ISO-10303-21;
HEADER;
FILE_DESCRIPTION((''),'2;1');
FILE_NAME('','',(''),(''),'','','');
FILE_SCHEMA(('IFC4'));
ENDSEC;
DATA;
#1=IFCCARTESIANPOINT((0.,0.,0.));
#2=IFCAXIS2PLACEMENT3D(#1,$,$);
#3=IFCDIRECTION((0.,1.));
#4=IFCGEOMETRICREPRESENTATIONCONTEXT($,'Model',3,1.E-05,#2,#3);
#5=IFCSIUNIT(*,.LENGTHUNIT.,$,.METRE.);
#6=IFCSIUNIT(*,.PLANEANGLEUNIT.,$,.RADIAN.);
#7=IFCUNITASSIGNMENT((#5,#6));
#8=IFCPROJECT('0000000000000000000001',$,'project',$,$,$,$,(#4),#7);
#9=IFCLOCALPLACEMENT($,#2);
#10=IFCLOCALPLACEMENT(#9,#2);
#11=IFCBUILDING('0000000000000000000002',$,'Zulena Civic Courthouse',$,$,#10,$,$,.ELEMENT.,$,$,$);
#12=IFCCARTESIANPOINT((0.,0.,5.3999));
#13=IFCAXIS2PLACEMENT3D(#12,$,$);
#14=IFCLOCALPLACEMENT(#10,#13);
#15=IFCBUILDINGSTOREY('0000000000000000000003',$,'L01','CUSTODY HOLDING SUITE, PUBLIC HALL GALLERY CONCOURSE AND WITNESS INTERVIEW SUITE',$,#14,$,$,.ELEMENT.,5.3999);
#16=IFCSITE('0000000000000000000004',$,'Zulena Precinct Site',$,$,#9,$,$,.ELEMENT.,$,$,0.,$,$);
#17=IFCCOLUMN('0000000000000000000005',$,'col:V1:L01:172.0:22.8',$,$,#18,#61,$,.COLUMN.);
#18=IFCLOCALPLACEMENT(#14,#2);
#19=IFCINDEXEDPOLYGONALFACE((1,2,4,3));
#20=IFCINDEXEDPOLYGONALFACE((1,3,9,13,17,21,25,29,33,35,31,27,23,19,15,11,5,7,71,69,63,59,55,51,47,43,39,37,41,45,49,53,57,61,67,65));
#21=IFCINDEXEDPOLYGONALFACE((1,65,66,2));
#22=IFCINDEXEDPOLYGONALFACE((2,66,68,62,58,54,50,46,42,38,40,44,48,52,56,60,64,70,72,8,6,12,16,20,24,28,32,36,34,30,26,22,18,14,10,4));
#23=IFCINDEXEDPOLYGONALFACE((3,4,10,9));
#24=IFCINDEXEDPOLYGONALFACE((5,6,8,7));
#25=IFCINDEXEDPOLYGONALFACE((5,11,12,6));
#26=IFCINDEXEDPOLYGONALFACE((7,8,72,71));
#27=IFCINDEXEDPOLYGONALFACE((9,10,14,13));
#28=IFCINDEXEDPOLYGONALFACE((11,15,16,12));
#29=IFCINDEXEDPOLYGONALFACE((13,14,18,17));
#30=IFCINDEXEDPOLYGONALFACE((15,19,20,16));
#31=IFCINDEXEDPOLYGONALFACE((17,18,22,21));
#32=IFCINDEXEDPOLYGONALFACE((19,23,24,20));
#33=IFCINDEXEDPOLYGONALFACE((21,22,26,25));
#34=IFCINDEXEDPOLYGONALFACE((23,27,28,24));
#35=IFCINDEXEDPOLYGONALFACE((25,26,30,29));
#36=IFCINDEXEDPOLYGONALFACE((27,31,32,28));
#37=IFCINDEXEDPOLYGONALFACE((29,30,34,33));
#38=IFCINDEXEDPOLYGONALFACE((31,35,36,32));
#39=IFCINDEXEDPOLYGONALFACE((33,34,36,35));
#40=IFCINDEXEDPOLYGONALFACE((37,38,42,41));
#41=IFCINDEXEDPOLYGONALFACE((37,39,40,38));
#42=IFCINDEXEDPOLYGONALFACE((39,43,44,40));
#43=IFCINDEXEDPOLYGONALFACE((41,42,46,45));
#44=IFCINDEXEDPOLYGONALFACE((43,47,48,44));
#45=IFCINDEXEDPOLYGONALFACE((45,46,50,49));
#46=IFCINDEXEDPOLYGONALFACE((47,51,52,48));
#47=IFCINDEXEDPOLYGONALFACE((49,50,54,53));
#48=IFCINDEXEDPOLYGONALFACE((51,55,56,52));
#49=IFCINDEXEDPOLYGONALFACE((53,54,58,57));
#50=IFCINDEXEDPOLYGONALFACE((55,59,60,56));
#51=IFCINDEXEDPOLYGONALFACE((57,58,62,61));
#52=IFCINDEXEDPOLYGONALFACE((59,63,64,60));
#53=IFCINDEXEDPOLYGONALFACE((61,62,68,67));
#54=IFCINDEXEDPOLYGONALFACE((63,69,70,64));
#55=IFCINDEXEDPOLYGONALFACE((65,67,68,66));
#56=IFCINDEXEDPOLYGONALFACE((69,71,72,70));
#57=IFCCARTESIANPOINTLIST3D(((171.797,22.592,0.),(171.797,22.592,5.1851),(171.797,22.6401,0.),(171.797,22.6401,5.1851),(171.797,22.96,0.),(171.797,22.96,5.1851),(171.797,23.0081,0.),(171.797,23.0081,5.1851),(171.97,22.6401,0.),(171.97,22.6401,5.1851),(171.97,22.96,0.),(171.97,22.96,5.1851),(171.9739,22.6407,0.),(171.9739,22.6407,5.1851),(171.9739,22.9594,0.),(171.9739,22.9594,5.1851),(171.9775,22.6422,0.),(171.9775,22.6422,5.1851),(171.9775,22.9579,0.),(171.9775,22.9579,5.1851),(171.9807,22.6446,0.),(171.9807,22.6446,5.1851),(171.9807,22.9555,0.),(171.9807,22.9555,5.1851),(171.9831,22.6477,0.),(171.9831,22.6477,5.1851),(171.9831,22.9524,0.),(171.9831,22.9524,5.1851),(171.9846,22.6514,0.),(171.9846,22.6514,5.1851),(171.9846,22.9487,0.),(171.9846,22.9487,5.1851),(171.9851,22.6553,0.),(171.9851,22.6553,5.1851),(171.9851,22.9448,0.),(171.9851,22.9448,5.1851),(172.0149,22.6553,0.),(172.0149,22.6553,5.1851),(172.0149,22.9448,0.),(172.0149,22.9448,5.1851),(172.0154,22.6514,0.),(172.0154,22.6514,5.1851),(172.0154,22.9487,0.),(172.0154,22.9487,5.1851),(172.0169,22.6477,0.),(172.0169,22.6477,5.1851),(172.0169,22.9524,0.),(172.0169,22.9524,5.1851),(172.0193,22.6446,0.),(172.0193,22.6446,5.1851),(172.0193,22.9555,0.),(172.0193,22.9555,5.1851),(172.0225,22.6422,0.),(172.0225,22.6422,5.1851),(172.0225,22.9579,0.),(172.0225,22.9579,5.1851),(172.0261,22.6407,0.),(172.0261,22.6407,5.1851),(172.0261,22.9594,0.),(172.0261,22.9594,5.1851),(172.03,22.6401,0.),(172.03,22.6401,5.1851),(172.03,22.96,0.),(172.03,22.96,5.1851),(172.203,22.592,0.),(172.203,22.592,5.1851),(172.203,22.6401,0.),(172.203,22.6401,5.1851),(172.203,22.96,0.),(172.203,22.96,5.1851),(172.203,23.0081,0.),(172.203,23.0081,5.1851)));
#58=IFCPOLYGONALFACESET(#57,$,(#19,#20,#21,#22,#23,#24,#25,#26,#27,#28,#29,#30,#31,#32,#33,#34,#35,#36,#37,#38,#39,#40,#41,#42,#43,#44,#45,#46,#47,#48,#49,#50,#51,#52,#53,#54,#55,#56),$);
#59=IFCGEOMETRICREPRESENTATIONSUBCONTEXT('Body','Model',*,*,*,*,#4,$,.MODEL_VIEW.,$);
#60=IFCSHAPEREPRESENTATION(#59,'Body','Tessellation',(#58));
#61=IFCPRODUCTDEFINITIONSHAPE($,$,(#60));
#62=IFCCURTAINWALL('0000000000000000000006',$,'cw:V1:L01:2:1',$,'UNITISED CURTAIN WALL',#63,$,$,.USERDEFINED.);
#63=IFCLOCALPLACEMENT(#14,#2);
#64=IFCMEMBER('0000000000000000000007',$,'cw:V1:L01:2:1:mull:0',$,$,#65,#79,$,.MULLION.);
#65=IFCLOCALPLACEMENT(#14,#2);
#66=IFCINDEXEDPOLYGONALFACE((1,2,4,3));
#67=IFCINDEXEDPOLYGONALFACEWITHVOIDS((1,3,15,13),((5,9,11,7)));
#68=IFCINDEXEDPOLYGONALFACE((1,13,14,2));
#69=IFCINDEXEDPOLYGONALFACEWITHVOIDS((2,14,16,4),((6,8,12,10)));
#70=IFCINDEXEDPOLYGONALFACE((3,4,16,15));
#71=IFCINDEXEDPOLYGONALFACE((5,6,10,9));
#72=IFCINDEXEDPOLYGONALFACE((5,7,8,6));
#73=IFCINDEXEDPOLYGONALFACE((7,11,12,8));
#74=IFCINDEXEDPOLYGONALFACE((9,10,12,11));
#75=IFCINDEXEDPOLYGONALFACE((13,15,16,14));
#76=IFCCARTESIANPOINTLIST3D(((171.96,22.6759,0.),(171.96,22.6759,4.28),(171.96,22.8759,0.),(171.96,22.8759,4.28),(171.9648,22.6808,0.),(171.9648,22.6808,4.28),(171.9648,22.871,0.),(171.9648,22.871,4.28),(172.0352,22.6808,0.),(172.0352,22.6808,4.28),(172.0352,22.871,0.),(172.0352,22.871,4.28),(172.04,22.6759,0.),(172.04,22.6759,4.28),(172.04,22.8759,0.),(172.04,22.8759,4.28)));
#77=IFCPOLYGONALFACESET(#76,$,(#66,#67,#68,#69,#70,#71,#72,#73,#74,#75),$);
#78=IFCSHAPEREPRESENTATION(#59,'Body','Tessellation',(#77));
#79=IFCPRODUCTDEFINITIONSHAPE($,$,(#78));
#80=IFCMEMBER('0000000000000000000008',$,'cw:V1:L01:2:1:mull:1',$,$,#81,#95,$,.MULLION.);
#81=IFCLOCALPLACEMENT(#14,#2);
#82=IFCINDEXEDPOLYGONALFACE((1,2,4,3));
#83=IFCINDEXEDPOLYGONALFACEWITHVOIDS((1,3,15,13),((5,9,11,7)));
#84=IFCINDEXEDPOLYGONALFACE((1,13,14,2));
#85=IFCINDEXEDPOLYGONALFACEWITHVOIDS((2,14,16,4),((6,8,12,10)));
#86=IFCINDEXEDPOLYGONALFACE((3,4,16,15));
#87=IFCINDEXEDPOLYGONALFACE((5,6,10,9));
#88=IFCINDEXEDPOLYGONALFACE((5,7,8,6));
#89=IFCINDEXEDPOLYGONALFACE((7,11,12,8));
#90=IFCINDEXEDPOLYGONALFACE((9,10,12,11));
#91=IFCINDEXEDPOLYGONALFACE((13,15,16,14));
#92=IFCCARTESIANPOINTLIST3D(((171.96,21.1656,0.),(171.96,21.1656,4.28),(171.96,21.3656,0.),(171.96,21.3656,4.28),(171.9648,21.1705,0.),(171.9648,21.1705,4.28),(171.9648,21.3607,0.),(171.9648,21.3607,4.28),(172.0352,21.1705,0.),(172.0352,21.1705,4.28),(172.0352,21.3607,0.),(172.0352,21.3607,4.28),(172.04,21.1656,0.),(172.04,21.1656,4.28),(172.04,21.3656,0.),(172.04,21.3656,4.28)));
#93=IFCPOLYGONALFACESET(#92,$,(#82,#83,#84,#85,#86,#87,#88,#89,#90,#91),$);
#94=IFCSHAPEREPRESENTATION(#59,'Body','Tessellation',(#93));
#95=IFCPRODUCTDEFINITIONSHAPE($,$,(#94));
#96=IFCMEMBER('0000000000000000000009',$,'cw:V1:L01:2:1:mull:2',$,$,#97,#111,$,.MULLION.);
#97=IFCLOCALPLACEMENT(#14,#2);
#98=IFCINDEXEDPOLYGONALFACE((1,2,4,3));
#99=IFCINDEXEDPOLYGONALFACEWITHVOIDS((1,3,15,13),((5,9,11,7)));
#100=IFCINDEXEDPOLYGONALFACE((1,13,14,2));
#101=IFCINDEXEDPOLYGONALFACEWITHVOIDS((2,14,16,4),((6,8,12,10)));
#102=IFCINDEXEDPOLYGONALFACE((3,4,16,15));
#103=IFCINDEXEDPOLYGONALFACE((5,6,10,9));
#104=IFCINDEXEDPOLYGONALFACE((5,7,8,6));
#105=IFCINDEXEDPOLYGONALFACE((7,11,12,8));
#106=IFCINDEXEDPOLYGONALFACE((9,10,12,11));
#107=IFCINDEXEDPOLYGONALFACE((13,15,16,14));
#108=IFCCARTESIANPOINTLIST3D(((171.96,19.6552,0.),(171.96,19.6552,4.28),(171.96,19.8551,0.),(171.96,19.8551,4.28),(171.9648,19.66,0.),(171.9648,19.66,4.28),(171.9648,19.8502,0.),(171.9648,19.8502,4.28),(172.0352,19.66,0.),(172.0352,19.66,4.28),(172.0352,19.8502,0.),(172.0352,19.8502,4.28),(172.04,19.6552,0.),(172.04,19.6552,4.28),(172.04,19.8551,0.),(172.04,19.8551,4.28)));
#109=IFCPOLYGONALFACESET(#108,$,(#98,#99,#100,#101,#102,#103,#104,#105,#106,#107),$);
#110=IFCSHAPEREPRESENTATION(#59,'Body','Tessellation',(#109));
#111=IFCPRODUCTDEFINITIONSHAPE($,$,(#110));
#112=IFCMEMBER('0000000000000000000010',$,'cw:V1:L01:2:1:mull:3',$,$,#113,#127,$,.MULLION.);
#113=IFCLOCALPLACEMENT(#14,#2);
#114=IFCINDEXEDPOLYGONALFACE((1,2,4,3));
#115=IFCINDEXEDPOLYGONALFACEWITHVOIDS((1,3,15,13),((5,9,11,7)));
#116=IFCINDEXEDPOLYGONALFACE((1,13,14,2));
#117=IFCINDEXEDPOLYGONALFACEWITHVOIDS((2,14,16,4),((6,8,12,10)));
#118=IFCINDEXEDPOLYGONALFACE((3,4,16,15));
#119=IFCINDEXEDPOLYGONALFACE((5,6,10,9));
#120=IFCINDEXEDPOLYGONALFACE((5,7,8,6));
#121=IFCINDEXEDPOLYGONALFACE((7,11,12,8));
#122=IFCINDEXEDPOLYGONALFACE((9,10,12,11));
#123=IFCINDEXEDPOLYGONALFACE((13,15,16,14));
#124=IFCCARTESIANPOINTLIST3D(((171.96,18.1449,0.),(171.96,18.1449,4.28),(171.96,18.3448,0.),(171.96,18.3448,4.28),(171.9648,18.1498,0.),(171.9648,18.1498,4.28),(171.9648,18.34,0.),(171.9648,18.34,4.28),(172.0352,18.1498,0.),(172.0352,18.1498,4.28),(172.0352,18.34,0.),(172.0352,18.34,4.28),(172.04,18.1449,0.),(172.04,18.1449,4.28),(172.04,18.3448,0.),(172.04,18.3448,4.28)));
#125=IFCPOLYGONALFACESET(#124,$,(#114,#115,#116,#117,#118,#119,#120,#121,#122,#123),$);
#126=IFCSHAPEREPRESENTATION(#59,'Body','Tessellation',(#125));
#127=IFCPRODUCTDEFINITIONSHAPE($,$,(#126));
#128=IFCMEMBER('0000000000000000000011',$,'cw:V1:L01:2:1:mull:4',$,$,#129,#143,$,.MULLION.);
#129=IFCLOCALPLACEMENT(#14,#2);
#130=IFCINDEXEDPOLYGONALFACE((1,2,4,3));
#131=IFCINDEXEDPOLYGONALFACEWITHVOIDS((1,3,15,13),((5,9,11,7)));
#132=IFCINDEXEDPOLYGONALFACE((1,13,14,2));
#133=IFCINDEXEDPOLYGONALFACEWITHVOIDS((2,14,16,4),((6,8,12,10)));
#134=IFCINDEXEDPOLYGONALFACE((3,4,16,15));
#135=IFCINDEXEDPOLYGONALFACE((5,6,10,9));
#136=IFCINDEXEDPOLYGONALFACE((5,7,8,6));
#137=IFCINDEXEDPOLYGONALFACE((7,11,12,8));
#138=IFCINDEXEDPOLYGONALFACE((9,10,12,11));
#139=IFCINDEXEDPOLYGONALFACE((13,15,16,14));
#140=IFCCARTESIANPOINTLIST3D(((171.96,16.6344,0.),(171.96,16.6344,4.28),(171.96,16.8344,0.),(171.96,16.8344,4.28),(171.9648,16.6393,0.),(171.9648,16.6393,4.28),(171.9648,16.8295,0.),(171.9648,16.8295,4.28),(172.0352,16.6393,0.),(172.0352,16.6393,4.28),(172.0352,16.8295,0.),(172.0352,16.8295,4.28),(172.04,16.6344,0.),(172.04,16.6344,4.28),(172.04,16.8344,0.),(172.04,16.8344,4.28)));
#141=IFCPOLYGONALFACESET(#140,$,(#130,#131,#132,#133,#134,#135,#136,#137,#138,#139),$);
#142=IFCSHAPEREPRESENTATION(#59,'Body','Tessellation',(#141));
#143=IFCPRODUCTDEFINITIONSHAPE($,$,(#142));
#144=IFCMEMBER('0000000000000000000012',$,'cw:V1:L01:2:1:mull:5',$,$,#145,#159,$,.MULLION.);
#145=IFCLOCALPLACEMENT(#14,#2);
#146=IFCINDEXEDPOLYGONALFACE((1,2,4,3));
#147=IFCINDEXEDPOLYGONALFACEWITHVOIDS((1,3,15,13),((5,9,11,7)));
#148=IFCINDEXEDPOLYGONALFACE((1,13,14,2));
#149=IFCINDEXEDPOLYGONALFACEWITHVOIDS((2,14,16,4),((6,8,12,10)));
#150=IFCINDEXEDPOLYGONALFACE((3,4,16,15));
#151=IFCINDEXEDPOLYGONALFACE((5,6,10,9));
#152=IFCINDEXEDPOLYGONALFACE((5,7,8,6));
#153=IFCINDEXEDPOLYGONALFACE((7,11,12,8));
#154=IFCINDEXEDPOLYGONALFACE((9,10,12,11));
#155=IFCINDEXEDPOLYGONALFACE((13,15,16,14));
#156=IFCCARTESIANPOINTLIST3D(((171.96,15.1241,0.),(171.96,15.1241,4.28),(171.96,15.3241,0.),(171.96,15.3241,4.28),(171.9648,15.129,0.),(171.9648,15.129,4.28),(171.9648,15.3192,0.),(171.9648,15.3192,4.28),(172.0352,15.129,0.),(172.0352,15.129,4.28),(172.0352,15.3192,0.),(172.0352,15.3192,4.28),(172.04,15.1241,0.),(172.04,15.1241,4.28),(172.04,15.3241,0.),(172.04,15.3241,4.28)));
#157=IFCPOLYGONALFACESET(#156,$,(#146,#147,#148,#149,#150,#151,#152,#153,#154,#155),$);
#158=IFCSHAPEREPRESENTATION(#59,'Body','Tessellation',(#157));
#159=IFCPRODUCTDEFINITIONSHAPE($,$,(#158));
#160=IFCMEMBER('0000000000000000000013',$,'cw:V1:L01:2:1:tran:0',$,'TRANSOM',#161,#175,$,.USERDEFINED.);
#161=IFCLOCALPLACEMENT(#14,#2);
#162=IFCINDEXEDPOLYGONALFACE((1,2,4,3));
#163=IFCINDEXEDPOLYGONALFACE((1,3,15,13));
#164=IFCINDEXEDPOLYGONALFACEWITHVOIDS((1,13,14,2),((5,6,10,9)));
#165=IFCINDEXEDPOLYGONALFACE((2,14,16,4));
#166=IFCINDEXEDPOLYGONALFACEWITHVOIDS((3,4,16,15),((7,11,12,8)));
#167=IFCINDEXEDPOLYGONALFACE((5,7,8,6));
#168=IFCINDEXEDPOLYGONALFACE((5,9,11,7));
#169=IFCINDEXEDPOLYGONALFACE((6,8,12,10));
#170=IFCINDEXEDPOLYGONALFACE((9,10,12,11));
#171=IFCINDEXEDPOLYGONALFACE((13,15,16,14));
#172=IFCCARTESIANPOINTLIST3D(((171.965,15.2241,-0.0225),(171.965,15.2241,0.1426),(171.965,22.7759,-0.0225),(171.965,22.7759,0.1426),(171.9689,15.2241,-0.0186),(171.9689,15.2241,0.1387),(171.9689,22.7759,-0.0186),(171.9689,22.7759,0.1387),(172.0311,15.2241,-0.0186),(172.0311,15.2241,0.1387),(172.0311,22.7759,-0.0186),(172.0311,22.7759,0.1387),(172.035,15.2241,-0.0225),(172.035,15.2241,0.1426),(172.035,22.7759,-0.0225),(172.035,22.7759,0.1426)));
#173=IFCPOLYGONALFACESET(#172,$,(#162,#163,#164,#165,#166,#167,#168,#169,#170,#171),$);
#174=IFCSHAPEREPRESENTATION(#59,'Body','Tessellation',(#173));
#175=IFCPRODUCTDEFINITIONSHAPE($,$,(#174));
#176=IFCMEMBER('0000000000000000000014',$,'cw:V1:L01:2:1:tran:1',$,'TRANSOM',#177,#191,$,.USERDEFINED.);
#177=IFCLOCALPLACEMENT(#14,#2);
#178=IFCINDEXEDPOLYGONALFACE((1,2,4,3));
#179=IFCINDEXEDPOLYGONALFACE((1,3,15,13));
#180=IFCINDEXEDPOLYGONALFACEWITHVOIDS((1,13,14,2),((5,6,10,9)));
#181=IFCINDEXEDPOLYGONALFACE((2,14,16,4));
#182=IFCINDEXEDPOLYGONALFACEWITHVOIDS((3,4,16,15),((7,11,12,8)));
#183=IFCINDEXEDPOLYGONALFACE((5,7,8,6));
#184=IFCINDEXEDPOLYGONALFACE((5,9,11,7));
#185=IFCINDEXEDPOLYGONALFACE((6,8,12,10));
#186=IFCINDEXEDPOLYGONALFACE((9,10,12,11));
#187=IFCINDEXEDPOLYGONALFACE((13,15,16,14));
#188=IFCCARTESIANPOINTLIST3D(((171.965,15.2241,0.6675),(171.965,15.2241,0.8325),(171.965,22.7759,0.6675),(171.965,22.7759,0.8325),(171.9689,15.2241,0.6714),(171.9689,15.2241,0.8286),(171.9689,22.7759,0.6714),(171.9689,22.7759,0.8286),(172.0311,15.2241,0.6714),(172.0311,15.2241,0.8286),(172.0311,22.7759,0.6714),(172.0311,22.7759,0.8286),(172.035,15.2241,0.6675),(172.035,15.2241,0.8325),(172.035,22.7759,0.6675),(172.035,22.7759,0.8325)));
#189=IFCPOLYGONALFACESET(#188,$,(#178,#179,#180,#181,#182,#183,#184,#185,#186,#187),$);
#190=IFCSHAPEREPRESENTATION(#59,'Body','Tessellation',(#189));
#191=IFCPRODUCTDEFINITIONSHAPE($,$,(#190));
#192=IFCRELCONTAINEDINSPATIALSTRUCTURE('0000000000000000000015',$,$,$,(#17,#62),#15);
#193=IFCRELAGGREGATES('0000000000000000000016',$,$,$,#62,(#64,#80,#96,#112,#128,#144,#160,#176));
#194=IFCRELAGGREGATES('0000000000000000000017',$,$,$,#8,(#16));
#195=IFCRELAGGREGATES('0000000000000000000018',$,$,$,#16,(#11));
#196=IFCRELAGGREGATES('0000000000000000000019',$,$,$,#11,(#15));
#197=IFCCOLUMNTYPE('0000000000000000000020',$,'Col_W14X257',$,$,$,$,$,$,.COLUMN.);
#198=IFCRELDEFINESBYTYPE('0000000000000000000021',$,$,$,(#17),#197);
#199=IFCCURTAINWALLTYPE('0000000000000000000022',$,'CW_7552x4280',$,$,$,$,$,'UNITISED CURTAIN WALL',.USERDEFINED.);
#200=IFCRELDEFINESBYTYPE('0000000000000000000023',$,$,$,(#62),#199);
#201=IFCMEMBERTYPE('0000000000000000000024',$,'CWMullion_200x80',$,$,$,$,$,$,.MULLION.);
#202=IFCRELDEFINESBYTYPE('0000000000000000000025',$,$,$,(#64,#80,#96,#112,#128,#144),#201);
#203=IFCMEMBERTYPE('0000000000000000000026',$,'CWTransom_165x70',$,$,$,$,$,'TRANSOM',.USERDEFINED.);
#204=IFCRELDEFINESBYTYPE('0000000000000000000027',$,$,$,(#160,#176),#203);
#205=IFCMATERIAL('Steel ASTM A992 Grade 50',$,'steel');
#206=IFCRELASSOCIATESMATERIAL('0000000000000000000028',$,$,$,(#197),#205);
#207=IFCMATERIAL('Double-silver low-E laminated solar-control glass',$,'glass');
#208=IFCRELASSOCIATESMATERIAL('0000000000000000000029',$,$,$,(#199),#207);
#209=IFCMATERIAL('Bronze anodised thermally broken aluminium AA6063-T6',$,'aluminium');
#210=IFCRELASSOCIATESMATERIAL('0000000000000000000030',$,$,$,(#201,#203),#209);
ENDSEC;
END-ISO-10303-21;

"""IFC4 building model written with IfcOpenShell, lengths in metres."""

from ifc_helpers import new_model, si_unit, direction, frame, origin, origin_2d, place, context, subcontext, project, spatial, hollow_rectangle, i_section, extrude, material, material_profile, profile_set, type_object, element, aggregate, save


model = new_model("IFC4")

# Units and contexts
model_context = context("Model", 3, precision=1e-05, world=origin(), true_north=direction((0.0, 1.0)))
body_context = subcontext(model_context, "Body", "Model", "MODEL_VIEW")
ifc_project = project(units=[si_unit("LENGTHUNIT", "METRE"), si_unit("PLANEANGLEUNIT", "RADIAN")], contexts=[model_context])

# Site, building, storey
site_placement = place(None, origin())
site = spatial("IfcSite", under=ifc_project, at=site_placement, Name="Zulena Precinct Site", CompositionType="ELEMENT", RefElevation=0.0)
building_placement = place(site_placement, origin())
building = spatial("IfcBuilding", under=site, at=building_placement, Name="Zulena Civic Courthouse", CompositionType="ELEMENT")
storey_placement = place(building_placement, frame((0.0, 0.0, 5.3999)))
storey = spatial("IfcBuildingStorey", under=building, at=storey_placement, Name="L01", Description="CUSTODY HOLDING SUITE, PUBLIC HALL GALLERY CONCOURSE AND WITNESS INTERVIEW SUITE", CompositionType="ELEMENT", Elevation=5.3999)

# Column
ifc_material_1 = material(Name="Steel ASTM A992 Grade 50", Category="steel")
ifc_material_profile_1 = material_profile(ifc_material_1, i_section(OverallWidth=0.406, OverallDepth=0.416, WebThickness=0.0298, FlangeThickness=0.0481, FilletRadius=0.0151, at=origin_2d()), Name="W14X257")
ifc_profile_set_1 = profile_set([ifc_material_profile_1], Name="Steel ASTM A992 Grade 50")
column_type_1 = type_object("IfcColumnType", Name="Col_W14X257", PredefinedType="COLUMN", material=ifc_profile_set_1)
for number, where, z_axis, x_axis, name in (
    (1, (172.0, 22.8, 0.0), (0.0, 0.0, 1.0), (1.0, 0.0, 0.0), "col:V1:L01:172.0:22.8"),
):
    element("IfcColumn", number, at=place(storey_placement, frame(where, z_axis=z_axis, x_axis=x_axis)), inside=storey, type_object=column_type_1, Name=name, PredefinedType="COLUMN", context=body_context, shape_type="SweptSolid", body=[
        extrude(i_section(OverallWidth=0.406, OverallDepth=0.416, WebThickness=0.0298, FlangeThickness=0.0481, FilletRadius=0.0151, at=origin_2d()), origin(), (0.0, 0.0, 1.0), 5.1851),
    ])

# Curtain wall, members
ifc_material_2 = material(Name="Double-silver low-E laminated solar-control glass", Category="glass")
curtain_wall_type = type_object("IfcCurtainWallType", Name="CW_7552x4280", ElementType="UNITISED CURTAIN WALL", PredefinedType="USERDEFINED", material=ifc_material_2)
curtain_wall_placement = place(storey_placement, origin())
curtain_wall = element("IfcCurtainWall", 2, at=curtain_wall_placement, inside=storey, type_object=curtain_wall_type, Name="cw:V1:L01:2:1", ObjectType="UNITISED CURTAIN WALL", PredefinedType="USERDEFINED")
ifc_material_3 = material(Name="Bronze anodised thermally broken aluminium AA6063-T6", Category="aluminium")
ifc_material_profile_2 = material_profile(ifc_material_3, hollow_rectangle(XDim=0.0801, YDim=0.2, WallThickness=0.0049, at=origin_2d()), Name="CWM200X80X5")
ifc_profile_set_2 = profile_set([ifc_material_profile_2], Name="Bronze anodised thermally broken aluminium AA6063-T6")
member_type_1 = type_object("IfcMemberType", Name="CWMullion_200x80", PredefinedType="MULLION", material=ifc_profile_set_2)
member_1_placement = place(storey_placement, frame((172.0, 22.7759, 0.0), z_axis=(0.0, 0.0, 1.0), x_axis=(1.0, 0.0, 0.0)))
member_1 = element("IfcMember", 3, at=member_1_placement, type_object=member_type_1, Name="cw:V1:L01:2:1:mull:0", PredefinedType="MULLION", context=body_context, shape_type="SweptSolid", body=[
    extrude(hollow_rectangle(XDim=0.0801, YDim=0.2, WallThickness=0.0049, at=origin_2d()), origin(), (0.0, 0.0, 1.0), 4.28),
])
member_2_placement = place(storey_placement, frame((172.0, 21.2656, 0.0), z_axis=(0.0, 0.0, 1.0), x_axis=(1.0, 0.0, 0.0)))
member_2 = element("IfcMember", 4, at=member_2_placement, type_object=member_type_1, Name="cw:V1:L01:2:1:mull:1", PredefinedType="MULLION", context=body_context, shape_type="SweptSolid", body=[
    extrude(hollow_rectangle(XDim=0.0801, YDim=0.2, WallThickness=0.0049, at=origin_2d()), origin(), (0.0, 0.0, 1.0), 4.28),
])
member_3_placement = place(storey_placement, frame((172.0, 19.7551, 0.0), z_axis=(0.0, 0.0, 1.0), x_axis=(1.0, 0.0, 0.0)))
member_3 = element("IfcMember", 5, at=member_3_placement, type_object=member_type_1, Name="cw:V1:L01:2:1:mull:2", PredefinedType="MULLION", context=body_context, shape_type="SweptSolid", body=[
    extrude(hollow_rectangle(XDim=0.0801, YDim=0.2, WallThickness=0.0049, at=origin_2d()), origin(), (0.0, 0.0, 1.0), 4.28),
])
member_4_placement = place(storey_placement, frame((172.0, 18.2449, 0.0), z_axis=(0.0, 0.0, 1.0), x_axis=(1.0, 0.0, 0.0)))
member_4 = element("IfcMember", 6, at=member_4_placement, type_object=member_type_1, Name="cw:V1:L01:2:1:mull:3", PredefinedType="MULLION", context=body_context, shape_type="SweptSolid", body=[
    extrude(hollow_rectangle(XDim=0.0801, YDim=0.2, WallThickness=0.0049, at=origin_2d()), origin(), (0.0, 0.0, 1.0), 4.28),
])
member_5_placement = place(storey_placement, frame((172.0, 16.7344, 0.0), z_axis=(0.0, 0.0, 1.0), x_axis=(1.0, 0.0, 0.0)))
member_5 = element("IfcMember", 7, at=member_5_placement, type_object=member_type_1, Name="cw:V1:L01:2:1:mull:4", PredefinedType="MULLION", context=body_context, shape_type="SweptSolid", body=[
    extrude(hollow_rectangle(XDim=0.0801, YDim=0.2, WallThickness=0.0049, at=origin_2d()), origin(), (0.0, 0.0, 1.0), 4.28),
])
member_6_placement = place(storey_placement, frame((172.0, 15.2241, 0.0), z_axis=(0.0, 0.0, 1.0), x_axis=(1.0, 0.0, 0.0)))
member_6 = element("IfcMember", 8, at=member_6_placement, type_object=member_type_1, Name="cw:V1:L01:2:1:mull:5", PredefinedType="MULLION", context=body_context, shape_type="SweptSolid", body=[
    extrude(hollow_rectangle(XDim=0.0801, YDim=0.2, WallThickness=0.0049, at=origin_2d()), origin(), (0.0, 0.0, 1.0), 4.28),
])
ifc_material_profile_3 = material_profile(ifc_material_3, hollow_rectangle(XDim=0.0701, YDim=0.165, WallThickness=0.0039, at=origin_2d()), Name="CWT165X70X4")
ifc_profile_set_3 = profile_set([ifc_material_profile_3], Name="Bronze anodised thermally broken aluminium AA6063-T6")
member_type_2 = type_object("IfcMemberType", Name="CWTransom_165x70", ElementType="TRANSOM", PredefinedType="USERDEFINED", material=ifc_profile_set_3)
member_7_placement = place(storey_placement, frame((172.0, 22.7759, 0.0601), z_axis=(0.0, -1.0, 0.0), x_axis=(1.0, 0.0, 0.0)))
member_7 = element("IfcMember", 9, at=member_7_placement, type_object=member_type_2, Name="cw:V1:L01:2:1:tran:0", ObjectType="TRANSOM", PredefinedType="USERDEFINED", context=body_context, shape_type="SweptSolid", body=[
    extrude(hollow_rectangle(XDim=0.0701, YDim=0.165, WallThickness=0.0039, at=origin_2d()), origin(), (0.0, 0.0, 1.0), 7.5518),
])
member_8_placement = place(storey_placement, frame((172.0, 22.7759, 0.75), z_axis=(0.0, -1.0, 0.0), x_axis=(1.0, 0.0, 0.0)))
member_8 = element("IfcMember", 10, at=member_8_placement, type_object=member_type_2, Name="cw:V1:L01:2:1:tran:1", ObjectType="TRANSOM", PredefinedType="USERDEFINED", context=body_context, shape_type="SweptSolid", body=[
    extrude(hollow_rectangle(XDim=0.0701, YDim=0.165, WallThickness=0.0039, at=origin_2d()), origin(), (0.0, 0.0, 1.0), 7.5518),
])

aggregate(curtain_wall, [member_1, member_2, member_3, member_4, member_5, member_6, member_7, member_8])

save(model, "model.ifc")
